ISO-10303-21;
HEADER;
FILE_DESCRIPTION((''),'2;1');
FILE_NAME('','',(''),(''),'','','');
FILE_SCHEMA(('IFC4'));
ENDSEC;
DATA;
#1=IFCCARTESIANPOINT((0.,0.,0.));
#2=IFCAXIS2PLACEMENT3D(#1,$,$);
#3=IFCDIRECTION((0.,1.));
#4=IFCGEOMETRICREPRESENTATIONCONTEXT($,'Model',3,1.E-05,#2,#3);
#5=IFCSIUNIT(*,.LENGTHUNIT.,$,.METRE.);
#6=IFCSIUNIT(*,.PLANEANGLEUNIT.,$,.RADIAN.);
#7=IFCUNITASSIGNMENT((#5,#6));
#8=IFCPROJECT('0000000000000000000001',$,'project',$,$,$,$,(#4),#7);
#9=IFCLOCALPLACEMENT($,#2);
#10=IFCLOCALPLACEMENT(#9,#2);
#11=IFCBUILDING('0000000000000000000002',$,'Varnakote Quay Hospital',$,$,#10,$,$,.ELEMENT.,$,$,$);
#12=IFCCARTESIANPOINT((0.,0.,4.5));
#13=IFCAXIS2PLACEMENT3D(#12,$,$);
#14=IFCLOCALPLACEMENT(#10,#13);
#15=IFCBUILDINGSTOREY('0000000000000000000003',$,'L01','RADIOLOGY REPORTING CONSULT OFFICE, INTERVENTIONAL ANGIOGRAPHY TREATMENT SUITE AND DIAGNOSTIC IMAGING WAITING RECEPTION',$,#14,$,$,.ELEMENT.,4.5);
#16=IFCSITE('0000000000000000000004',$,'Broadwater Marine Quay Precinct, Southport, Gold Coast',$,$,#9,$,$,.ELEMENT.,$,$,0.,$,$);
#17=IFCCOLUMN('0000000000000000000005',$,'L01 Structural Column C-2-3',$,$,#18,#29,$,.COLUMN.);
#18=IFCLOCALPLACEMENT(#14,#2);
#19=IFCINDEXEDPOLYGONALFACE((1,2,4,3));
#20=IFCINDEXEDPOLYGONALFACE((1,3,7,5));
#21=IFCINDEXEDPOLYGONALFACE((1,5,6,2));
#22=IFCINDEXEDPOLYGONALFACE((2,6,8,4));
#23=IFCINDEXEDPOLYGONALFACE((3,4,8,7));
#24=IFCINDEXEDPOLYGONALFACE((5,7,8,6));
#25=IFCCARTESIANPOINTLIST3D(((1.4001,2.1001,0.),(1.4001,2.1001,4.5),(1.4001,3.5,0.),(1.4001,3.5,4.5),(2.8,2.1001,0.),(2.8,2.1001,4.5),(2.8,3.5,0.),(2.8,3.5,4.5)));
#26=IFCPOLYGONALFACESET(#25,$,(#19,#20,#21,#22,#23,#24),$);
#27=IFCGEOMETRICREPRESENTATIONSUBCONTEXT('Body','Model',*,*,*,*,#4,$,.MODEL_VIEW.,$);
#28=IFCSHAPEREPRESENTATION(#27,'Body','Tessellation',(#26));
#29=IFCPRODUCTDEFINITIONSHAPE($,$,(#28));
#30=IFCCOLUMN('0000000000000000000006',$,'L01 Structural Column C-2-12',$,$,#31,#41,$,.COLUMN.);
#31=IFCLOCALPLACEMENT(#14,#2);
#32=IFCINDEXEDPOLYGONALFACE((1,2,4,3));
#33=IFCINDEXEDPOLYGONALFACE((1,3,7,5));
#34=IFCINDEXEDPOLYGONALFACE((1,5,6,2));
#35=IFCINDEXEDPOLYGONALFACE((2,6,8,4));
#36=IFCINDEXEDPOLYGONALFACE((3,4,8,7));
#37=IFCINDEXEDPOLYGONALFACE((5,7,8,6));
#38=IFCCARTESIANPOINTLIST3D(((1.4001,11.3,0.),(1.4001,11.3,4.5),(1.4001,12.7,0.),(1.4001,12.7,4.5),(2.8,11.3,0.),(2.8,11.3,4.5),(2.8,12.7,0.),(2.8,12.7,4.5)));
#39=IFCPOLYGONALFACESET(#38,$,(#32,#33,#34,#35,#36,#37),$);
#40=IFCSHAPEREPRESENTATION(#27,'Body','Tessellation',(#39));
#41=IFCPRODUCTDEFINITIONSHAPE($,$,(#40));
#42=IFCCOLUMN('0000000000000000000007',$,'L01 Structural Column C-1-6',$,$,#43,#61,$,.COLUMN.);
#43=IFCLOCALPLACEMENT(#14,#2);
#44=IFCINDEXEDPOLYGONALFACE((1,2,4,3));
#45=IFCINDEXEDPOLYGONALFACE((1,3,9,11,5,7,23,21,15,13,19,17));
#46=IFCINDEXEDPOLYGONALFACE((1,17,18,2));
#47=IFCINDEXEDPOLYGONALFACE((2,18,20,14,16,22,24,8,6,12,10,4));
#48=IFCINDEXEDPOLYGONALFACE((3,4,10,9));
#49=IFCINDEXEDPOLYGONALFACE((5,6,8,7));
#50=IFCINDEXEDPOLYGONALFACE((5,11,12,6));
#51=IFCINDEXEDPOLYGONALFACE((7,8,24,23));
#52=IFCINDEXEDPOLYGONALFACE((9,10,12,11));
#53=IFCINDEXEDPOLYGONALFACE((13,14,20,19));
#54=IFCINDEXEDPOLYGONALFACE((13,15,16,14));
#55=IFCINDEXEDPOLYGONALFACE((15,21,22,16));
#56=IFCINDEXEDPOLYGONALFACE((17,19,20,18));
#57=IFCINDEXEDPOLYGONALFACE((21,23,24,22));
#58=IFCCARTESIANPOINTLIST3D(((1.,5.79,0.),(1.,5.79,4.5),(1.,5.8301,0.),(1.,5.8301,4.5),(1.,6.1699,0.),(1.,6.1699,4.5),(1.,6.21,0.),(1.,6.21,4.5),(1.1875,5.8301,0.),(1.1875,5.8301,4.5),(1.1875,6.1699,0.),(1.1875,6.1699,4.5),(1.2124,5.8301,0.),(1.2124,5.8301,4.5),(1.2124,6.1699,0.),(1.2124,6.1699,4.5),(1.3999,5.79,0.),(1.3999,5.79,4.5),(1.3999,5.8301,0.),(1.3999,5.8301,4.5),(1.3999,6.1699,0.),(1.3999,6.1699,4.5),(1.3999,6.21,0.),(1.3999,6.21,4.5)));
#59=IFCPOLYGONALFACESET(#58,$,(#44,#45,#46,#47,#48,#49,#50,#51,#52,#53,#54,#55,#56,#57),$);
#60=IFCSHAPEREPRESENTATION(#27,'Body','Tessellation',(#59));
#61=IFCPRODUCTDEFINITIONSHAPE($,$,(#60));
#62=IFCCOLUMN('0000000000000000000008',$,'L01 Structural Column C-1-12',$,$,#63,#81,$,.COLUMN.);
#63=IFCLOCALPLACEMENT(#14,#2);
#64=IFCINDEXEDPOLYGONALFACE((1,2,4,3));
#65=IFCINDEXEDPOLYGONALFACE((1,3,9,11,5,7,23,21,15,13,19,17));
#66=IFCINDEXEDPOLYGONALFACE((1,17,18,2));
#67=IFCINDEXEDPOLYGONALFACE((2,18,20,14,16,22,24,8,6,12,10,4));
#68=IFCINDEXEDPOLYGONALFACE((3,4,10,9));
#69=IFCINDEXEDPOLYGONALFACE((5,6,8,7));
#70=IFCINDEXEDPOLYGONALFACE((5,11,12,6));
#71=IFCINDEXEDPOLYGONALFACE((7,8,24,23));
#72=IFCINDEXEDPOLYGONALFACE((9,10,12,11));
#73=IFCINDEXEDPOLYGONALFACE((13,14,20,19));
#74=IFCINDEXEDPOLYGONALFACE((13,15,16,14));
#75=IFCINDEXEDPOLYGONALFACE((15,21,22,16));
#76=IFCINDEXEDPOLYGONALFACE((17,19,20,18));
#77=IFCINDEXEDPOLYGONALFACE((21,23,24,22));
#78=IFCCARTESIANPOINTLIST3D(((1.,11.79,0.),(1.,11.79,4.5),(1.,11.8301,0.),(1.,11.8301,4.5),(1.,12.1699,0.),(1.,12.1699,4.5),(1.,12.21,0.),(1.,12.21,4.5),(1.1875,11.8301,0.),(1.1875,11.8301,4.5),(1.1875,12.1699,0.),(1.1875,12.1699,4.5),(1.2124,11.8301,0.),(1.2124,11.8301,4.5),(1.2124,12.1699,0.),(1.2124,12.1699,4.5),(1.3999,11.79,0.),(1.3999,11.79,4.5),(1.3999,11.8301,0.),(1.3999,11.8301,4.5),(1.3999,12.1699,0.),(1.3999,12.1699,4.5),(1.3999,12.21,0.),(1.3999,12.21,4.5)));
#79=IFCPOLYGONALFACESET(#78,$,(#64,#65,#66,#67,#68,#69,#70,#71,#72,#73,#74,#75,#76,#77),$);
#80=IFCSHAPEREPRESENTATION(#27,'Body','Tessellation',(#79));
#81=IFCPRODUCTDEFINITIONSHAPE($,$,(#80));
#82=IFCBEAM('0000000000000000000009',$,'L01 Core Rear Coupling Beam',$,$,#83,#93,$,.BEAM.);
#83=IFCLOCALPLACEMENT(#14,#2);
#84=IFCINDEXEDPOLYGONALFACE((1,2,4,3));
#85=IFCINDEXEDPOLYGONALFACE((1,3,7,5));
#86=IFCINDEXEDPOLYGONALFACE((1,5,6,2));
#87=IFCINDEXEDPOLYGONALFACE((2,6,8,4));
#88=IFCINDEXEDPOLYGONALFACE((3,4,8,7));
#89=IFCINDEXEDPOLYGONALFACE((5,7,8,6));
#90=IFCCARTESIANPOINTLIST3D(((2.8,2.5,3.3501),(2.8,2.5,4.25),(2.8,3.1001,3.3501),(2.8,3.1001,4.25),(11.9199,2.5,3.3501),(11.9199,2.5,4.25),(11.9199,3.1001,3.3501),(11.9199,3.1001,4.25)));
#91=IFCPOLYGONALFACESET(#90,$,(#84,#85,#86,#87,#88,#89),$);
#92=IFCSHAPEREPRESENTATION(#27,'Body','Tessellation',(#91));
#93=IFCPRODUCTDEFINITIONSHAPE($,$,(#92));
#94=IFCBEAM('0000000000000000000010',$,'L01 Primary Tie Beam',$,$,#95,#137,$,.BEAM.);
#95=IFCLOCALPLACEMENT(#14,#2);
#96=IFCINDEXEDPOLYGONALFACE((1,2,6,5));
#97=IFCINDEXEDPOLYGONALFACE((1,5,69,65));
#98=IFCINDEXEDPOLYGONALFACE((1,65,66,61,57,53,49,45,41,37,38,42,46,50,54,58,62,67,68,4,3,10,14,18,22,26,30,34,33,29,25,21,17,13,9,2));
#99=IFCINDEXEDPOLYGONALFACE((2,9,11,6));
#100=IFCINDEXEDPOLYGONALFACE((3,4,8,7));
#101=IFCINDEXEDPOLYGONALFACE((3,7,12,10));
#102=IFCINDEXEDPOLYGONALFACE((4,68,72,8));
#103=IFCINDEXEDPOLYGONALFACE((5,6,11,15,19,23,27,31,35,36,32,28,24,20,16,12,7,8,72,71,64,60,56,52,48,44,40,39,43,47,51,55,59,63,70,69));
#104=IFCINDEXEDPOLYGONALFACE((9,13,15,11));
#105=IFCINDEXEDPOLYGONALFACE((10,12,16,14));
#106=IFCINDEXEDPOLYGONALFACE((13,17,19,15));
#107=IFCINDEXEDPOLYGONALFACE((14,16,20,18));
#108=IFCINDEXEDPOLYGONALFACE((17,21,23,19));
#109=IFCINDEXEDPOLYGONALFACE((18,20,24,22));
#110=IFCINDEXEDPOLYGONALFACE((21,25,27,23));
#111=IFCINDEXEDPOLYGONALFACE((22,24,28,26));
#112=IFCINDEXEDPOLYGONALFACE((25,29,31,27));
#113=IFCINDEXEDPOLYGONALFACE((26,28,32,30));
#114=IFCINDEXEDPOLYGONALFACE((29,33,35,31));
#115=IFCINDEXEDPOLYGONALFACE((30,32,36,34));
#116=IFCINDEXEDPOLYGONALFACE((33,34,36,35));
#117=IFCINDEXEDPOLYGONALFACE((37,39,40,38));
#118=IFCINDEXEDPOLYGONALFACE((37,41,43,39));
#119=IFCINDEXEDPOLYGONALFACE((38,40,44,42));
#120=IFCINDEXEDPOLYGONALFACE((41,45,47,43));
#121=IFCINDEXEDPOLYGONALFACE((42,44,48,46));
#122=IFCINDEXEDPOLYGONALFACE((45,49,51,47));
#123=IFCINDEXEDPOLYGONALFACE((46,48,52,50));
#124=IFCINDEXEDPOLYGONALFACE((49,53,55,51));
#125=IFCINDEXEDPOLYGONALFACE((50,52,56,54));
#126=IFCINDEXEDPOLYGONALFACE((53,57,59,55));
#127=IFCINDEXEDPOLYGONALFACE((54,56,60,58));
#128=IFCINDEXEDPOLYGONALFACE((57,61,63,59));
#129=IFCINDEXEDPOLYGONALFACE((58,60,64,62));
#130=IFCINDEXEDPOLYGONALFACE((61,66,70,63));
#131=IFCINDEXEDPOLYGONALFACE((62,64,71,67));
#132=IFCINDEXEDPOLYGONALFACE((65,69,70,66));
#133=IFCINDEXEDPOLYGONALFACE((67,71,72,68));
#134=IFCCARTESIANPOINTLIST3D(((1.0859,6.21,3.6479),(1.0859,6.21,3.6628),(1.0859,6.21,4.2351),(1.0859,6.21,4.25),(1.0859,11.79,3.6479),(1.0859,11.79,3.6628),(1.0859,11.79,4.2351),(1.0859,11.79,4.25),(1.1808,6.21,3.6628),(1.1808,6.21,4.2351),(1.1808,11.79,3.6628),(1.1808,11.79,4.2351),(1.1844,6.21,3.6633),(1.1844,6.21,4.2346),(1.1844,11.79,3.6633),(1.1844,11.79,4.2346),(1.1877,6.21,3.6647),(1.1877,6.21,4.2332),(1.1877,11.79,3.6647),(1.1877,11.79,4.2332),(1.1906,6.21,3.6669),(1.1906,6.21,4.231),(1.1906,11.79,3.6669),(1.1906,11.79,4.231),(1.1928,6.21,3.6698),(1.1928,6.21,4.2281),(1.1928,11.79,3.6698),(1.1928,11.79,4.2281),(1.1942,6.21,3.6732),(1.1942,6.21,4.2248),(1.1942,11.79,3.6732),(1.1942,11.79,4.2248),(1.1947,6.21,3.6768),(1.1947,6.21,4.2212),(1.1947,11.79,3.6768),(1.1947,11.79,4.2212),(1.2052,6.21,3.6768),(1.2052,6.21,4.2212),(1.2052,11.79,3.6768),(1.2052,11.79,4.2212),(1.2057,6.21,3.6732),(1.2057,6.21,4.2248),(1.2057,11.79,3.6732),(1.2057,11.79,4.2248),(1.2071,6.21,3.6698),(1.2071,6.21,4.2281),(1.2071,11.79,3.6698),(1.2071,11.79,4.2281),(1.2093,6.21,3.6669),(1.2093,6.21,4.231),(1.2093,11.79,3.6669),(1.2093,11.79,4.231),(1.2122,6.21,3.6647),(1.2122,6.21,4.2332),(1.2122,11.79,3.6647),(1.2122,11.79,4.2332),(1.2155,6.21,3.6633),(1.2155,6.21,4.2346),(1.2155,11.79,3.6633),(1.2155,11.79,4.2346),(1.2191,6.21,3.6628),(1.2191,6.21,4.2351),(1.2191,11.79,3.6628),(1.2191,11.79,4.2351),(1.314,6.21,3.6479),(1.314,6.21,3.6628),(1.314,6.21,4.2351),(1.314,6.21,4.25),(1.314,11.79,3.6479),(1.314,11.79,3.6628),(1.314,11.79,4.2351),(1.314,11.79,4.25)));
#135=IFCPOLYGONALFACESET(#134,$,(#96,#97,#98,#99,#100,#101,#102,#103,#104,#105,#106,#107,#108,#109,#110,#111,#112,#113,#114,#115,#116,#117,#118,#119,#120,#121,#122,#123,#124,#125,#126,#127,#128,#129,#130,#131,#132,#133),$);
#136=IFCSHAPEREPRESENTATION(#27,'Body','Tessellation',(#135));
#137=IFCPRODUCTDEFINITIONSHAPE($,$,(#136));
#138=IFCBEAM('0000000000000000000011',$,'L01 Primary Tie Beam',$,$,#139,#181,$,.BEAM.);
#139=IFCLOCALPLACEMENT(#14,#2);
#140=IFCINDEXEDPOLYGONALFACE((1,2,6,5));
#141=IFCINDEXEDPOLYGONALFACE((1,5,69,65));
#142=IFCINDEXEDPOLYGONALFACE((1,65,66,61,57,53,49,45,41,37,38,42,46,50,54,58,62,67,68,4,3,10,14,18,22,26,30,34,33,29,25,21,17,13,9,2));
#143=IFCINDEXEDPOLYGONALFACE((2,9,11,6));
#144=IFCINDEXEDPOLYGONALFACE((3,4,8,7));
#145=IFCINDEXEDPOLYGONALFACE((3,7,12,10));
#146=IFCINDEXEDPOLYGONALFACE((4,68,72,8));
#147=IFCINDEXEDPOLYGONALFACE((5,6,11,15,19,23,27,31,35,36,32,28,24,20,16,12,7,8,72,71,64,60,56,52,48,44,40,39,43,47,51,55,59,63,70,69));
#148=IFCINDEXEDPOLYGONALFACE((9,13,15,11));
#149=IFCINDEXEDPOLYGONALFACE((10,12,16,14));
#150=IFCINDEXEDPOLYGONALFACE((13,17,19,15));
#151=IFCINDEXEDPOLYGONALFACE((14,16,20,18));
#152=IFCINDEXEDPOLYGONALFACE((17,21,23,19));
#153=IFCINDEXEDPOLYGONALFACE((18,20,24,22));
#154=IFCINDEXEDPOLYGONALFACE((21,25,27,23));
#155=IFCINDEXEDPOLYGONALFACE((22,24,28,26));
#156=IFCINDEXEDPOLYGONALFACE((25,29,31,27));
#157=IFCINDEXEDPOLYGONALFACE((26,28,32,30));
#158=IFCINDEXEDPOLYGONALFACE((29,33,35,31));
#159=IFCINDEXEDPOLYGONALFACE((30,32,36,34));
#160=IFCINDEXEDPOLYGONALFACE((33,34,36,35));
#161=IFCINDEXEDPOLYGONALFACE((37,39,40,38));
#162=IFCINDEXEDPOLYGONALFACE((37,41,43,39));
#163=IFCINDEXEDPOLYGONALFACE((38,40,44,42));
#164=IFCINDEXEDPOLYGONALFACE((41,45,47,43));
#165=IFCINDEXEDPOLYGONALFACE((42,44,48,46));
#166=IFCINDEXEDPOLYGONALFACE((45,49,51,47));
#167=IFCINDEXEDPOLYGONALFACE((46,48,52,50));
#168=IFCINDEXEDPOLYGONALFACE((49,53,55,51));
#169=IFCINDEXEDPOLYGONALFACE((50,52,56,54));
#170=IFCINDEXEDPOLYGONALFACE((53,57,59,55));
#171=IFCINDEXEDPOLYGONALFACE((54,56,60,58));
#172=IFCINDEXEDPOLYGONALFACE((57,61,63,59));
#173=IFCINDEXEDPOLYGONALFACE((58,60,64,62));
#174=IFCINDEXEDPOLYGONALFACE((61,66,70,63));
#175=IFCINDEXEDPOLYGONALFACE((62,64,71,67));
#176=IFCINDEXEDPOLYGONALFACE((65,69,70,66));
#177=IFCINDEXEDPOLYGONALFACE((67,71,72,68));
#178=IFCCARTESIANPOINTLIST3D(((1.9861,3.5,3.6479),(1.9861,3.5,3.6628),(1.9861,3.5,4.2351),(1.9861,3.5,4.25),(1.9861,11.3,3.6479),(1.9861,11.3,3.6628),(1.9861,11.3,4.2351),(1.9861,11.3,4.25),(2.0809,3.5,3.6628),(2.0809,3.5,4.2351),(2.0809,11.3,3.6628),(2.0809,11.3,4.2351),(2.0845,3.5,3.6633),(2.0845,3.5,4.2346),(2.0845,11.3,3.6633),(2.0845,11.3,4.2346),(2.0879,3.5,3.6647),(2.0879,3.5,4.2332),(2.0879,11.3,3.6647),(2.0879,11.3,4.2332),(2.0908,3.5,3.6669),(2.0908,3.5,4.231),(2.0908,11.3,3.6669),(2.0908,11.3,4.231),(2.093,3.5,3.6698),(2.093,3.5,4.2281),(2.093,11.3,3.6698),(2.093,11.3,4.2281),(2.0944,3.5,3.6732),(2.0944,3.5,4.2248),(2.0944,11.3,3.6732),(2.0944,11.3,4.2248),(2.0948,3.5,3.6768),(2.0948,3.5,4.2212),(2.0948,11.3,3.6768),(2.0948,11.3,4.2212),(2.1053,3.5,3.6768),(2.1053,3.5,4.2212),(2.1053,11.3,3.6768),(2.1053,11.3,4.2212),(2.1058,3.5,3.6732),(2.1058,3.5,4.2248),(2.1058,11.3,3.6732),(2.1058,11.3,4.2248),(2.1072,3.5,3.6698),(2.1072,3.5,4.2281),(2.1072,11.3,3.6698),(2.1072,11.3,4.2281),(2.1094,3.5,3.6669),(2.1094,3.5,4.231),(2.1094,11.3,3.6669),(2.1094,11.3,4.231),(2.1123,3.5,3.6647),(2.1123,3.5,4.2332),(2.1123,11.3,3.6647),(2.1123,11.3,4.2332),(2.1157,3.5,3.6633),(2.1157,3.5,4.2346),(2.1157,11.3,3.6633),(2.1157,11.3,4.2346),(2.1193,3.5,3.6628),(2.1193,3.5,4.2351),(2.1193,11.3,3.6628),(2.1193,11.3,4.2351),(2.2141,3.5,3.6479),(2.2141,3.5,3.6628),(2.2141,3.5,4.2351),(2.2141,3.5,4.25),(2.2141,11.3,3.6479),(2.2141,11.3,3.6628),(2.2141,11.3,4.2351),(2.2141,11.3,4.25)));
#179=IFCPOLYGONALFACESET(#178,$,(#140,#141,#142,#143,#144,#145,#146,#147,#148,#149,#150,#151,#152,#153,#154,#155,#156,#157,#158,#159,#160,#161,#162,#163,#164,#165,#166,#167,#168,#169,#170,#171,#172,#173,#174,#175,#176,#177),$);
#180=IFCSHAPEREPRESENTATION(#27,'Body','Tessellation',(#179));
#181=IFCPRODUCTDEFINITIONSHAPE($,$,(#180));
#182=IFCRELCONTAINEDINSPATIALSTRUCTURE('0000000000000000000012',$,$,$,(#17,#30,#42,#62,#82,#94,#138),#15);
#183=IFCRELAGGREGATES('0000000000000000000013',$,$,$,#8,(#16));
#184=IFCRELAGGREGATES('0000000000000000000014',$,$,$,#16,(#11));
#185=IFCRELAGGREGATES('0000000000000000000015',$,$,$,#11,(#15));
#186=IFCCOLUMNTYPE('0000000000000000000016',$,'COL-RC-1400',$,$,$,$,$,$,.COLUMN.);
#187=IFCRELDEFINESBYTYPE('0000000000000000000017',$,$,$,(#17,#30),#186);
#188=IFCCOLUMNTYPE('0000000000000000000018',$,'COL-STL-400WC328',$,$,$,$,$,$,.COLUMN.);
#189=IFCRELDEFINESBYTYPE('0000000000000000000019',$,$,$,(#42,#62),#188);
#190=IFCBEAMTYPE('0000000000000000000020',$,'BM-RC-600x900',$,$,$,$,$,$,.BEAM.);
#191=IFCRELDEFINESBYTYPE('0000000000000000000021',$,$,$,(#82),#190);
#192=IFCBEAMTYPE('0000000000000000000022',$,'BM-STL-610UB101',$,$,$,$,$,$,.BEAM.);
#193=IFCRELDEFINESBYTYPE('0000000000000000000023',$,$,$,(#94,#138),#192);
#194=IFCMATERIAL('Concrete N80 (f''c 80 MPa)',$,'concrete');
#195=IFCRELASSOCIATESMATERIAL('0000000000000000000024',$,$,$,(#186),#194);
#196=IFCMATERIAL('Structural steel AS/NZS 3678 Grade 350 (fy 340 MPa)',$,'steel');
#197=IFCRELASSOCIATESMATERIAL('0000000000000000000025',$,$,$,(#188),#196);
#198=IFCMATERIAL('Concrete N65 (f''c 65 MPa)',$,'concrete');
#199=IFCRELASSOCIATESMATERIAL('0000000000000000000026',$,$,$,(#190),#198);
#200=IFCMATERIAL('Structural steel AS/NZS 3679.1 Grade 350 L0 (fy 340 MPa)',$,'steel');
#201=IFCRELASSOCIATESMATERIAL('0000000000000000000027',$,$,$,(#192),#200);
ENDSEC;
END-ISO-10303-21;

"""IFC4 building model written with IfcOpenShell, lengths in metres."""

from ifc_helpers import new_model, si_unit, direction, frame, origin, origin_2d, place, context, subcontext, project, spatial, rectangle, i_section, extrude, material, material_profile, profile_set, type_object, element, save


model = new_model("IFC4")

# Units and contexts
model_context = context("Model", 3, precision=1e-05, world=origin(), true_north=direction((0.0, 1.0)))
body_context = subcontext(model_context, "Body", "Model", "MODEL_VIEW")
ifc_project = project(units=[si_unit("LENGTHUNIT", "METRE"), si_unit("PLANEANGLEUNIT", "RADIAN")], contexts=[model_context])

# Site, building, storey
site_placement = place(None, origin())
site = spatial("IfcSite", under=ifc_project, at=site_placement, Name="Broadwater Marine Quay Precinct, Southport, Gold Coast", CompositionType="ELEMENT", RefElevation=0.0)
building_placement = place(site_placement, origin())
building = spatial("IfcBuilding", under=site, at=building_placement, Name="Varnakote Quay Hospital", CompositionType="ELEMENT")
storey_placement = place(building_placement, frame((0.0, 0.0, 4.5)))
storey = spatial("IfcBuildingStorey", under=building, at=storey_placement, Name="L01", Description="RADIOLOGY REPORTING CONSULT OFFICE, INTERVENTIONAL ANGIOGRAPHY TREATMENT SUITE AND DIAGNOSTIC IMAGING WAITING RECEPTION", CompositionType="ELEMENT", Elevation=4.5)

# Columns
ifc_material_1 = material(Name="Concrete N80 (f'c 80 MPa)", Category="concrete")
ifc_material_profile_1 = material_profile(ifc_material_1, rectangle(XDim=1.3999, YDim=1.3999, at=origin_2d()), Name="RC-COL-1400x1400")
ifc_profile_set_1 = profile_set([ifc_material_profile_1], Name="Concrete N80 (f'c 80 MPa)")
column_type_1 = type_object("IfcColumnType", Name="COL-RC-1400", PredefinedType="COLUMN", material=ifc_profile_set_1)
for number, where, z_axis, x_axis, name in (
    (1, (2.1001, 2.8, 0.0), (0.0, 0.0, 1.0), (1.0, 0.0, 0.0), "L01 Structural Column C-2-3"),
    (2, (2.1001, 12.0, 0.0), (0.0, 0.0, 1.0), (1.0, 0.0, 0.0), "L01 Structural Column C-2-12"),
):
    element("IfcColumn", number, at=place(storey_placement, frame(where, z_axis=z_axis, x_axis=x_axis)), inside=storey, type_object=column_type_1, Name=name, PredefinedType="COLUMN", context=body_context, shape_type="SweptSolid", body=[
        extrude(rectangle(XDim=1.3999, YDim=1.3999, at=origin_2d()), origin(), (0.0, 0.0, 1.0), 4.5),
    ])
ifc_material_2 = material(Name="Structural steel AS/NZS 3678 Grade 350 (fy 340 MPa)", Category="steel")
ifc_material_profile_2 = material_profile(ifc_material_2, i_section(OverallWidth=0.3999, OverallDepth=0.4199, WebThickness=0.0249, FlangeThickness=0.04, at=origin_2d()), Name="400WC328")
ifc_profile_set_2 = profile_set([ifc_material_profile_2], Name="Structural steel AS/NZS 3678 Grade 350 (fy 340 MPa)")
column_type_2 = type_object("IfcColumnType", Name="COL-STL-400WC328", PredefinedType="COLUMN", material=ifc_profile_set_2)
for number, where, z_axis, x_axis, name in (
    (3, (1.2, 6.0, 0.0), (0.0, 0.0, 1.0), (1.0, 0.0, 0.0), "L01 Structural Column C-1-6"),
    (4, (1.2, 12.0, 0.0), (0.0, 0.0, 1.0), (1.0, 0.0, 0.0), "L01 Structural Column C-1-12"),
):
    element("IfcColumn", number, at=place(storey_placement, frame(where, z_axis=z_axis, x_axis=x_axis)), inside=storey, type_object=column_type_2, Name=name, PredefinedType="COLUMN", context=body_context, shape_type="SweptSolid", body=[
        extrude(i_section(OverallWidth=0.3999, OverallDepth=0.4199, WebThickness=0.0249, FlangeThickness=0.04, at=origin_2d()), origin(), (0.0, 0.0, 1.0), 4.5),
    ])

# Beams
ifc_material_3 = material(Name="Concrete N65 (f'c 65 MPa)", Category="concrete")
ifc_material_profile_3 = material_profile(ifc_material_3, rectangle(XDim=0.6001, YDim=0.8999, at=origin_2d()), Name="RC-BM-600x900")
ifc_profile_set_3 = profile_set([ifc_material_profile_3], Name="Concrete N65 (f'c 65 MPa)")
beam_type_1 = type_object("IfcBeamType", Name="BM-RC-600x900", PredefinedType="BEAM", material=ifc_profile_set_3)
beam_1_placement = place(storey_placement, frame((2.8, 2.8, 3.8), z_axis=(1.0, 0.0, 0.0), x_axis=(0.0, 1.0, 0.0)))
element("IfcBeam", 5, at=beam_1_placement, inside=storey, type_object=beam_type_1, Name="L01 Core Rear Coupling Beam", PredefinedType="BEAM", context=body_context, shape_type="SweptSolid", body=[
    extrude(rectangle(XDim=0.6001, YDim=0.8999, at=origin_2d()), origin(), (0.0, 0.0, 1.0), 9.1199),
])
ifc_material_4 = material(Name="Structural steel AS/NZS 3679.1 Grade 350 L0 (fy 340 MPa)", Category="steel")
ifc_material_profile_4 = material_profile(ifc_material_4, i_section(OverallWidth=0.228, OverallDepth=0.6021, WebThickness=0.0105, FlangeThickness=0.0149, FilletRadius=0.0139, at=origin_2d()), Name="610UB101")
ifc_profile_set_4 = profile_set([ifc_material_profile_4], Name="Structural steel AS/NZS 3679.1 Grade 350 L0 (fy 340 MPa)")
beam_type_2 = type_object("IfcBeamType", Name="BM-STL-610UB101", PredefinedType="BEAM", material=ifc_profile_set_4)
beam_2_placement = place(storey_placement, frame((1.2, 6.21, 3.949), z_axis=(0.0, 1.0, 0.0), x_axis=(-1.0, 0.0, 0.0)))
element("IfcBeam", 6, at=beam_2_placement, inside=storey, type_object=beam_type_2, Name="L01 Primary Tie Beam", PredefinedType="BEAM", context=body_context, shape_type="SweptSolid", body=[
    extrude(i_section(OverallWidth=0.228, OverallDepth=0.6021, WebThickness=0.0105, FlangeThickness=0.0149, FilletRadius=0.0139, at=origin_2d()), origin(), (0.0, 0.0, 1.0), 5.5801),
])
beam_3_placement = place(storey_placement, frame((2.1001, 3.5, 3.949), z_axis=(0.0, 1.0, 0.0), x_axis=(-1.0, 0.0, 0.0)))
element("IfcBeam", 7, at=beam_3_placement, inside=storey, type_object=beam_type_2, Name="L01 Primary Tie Beam", PredefinedType="BEAM", context=body_context, shape_type="SweptSolid", body=[
    extrude(i_section(OverallWidth=0.228, OverallDepth=0.6021, WebThickness=0.0105, FlangeThickness=0.0149, FilletRadius=0.0139, at=origin_2d()), origin(), (0.0, 0.0, 1.0), 7.8),
])

save(model, "model.ifc")
